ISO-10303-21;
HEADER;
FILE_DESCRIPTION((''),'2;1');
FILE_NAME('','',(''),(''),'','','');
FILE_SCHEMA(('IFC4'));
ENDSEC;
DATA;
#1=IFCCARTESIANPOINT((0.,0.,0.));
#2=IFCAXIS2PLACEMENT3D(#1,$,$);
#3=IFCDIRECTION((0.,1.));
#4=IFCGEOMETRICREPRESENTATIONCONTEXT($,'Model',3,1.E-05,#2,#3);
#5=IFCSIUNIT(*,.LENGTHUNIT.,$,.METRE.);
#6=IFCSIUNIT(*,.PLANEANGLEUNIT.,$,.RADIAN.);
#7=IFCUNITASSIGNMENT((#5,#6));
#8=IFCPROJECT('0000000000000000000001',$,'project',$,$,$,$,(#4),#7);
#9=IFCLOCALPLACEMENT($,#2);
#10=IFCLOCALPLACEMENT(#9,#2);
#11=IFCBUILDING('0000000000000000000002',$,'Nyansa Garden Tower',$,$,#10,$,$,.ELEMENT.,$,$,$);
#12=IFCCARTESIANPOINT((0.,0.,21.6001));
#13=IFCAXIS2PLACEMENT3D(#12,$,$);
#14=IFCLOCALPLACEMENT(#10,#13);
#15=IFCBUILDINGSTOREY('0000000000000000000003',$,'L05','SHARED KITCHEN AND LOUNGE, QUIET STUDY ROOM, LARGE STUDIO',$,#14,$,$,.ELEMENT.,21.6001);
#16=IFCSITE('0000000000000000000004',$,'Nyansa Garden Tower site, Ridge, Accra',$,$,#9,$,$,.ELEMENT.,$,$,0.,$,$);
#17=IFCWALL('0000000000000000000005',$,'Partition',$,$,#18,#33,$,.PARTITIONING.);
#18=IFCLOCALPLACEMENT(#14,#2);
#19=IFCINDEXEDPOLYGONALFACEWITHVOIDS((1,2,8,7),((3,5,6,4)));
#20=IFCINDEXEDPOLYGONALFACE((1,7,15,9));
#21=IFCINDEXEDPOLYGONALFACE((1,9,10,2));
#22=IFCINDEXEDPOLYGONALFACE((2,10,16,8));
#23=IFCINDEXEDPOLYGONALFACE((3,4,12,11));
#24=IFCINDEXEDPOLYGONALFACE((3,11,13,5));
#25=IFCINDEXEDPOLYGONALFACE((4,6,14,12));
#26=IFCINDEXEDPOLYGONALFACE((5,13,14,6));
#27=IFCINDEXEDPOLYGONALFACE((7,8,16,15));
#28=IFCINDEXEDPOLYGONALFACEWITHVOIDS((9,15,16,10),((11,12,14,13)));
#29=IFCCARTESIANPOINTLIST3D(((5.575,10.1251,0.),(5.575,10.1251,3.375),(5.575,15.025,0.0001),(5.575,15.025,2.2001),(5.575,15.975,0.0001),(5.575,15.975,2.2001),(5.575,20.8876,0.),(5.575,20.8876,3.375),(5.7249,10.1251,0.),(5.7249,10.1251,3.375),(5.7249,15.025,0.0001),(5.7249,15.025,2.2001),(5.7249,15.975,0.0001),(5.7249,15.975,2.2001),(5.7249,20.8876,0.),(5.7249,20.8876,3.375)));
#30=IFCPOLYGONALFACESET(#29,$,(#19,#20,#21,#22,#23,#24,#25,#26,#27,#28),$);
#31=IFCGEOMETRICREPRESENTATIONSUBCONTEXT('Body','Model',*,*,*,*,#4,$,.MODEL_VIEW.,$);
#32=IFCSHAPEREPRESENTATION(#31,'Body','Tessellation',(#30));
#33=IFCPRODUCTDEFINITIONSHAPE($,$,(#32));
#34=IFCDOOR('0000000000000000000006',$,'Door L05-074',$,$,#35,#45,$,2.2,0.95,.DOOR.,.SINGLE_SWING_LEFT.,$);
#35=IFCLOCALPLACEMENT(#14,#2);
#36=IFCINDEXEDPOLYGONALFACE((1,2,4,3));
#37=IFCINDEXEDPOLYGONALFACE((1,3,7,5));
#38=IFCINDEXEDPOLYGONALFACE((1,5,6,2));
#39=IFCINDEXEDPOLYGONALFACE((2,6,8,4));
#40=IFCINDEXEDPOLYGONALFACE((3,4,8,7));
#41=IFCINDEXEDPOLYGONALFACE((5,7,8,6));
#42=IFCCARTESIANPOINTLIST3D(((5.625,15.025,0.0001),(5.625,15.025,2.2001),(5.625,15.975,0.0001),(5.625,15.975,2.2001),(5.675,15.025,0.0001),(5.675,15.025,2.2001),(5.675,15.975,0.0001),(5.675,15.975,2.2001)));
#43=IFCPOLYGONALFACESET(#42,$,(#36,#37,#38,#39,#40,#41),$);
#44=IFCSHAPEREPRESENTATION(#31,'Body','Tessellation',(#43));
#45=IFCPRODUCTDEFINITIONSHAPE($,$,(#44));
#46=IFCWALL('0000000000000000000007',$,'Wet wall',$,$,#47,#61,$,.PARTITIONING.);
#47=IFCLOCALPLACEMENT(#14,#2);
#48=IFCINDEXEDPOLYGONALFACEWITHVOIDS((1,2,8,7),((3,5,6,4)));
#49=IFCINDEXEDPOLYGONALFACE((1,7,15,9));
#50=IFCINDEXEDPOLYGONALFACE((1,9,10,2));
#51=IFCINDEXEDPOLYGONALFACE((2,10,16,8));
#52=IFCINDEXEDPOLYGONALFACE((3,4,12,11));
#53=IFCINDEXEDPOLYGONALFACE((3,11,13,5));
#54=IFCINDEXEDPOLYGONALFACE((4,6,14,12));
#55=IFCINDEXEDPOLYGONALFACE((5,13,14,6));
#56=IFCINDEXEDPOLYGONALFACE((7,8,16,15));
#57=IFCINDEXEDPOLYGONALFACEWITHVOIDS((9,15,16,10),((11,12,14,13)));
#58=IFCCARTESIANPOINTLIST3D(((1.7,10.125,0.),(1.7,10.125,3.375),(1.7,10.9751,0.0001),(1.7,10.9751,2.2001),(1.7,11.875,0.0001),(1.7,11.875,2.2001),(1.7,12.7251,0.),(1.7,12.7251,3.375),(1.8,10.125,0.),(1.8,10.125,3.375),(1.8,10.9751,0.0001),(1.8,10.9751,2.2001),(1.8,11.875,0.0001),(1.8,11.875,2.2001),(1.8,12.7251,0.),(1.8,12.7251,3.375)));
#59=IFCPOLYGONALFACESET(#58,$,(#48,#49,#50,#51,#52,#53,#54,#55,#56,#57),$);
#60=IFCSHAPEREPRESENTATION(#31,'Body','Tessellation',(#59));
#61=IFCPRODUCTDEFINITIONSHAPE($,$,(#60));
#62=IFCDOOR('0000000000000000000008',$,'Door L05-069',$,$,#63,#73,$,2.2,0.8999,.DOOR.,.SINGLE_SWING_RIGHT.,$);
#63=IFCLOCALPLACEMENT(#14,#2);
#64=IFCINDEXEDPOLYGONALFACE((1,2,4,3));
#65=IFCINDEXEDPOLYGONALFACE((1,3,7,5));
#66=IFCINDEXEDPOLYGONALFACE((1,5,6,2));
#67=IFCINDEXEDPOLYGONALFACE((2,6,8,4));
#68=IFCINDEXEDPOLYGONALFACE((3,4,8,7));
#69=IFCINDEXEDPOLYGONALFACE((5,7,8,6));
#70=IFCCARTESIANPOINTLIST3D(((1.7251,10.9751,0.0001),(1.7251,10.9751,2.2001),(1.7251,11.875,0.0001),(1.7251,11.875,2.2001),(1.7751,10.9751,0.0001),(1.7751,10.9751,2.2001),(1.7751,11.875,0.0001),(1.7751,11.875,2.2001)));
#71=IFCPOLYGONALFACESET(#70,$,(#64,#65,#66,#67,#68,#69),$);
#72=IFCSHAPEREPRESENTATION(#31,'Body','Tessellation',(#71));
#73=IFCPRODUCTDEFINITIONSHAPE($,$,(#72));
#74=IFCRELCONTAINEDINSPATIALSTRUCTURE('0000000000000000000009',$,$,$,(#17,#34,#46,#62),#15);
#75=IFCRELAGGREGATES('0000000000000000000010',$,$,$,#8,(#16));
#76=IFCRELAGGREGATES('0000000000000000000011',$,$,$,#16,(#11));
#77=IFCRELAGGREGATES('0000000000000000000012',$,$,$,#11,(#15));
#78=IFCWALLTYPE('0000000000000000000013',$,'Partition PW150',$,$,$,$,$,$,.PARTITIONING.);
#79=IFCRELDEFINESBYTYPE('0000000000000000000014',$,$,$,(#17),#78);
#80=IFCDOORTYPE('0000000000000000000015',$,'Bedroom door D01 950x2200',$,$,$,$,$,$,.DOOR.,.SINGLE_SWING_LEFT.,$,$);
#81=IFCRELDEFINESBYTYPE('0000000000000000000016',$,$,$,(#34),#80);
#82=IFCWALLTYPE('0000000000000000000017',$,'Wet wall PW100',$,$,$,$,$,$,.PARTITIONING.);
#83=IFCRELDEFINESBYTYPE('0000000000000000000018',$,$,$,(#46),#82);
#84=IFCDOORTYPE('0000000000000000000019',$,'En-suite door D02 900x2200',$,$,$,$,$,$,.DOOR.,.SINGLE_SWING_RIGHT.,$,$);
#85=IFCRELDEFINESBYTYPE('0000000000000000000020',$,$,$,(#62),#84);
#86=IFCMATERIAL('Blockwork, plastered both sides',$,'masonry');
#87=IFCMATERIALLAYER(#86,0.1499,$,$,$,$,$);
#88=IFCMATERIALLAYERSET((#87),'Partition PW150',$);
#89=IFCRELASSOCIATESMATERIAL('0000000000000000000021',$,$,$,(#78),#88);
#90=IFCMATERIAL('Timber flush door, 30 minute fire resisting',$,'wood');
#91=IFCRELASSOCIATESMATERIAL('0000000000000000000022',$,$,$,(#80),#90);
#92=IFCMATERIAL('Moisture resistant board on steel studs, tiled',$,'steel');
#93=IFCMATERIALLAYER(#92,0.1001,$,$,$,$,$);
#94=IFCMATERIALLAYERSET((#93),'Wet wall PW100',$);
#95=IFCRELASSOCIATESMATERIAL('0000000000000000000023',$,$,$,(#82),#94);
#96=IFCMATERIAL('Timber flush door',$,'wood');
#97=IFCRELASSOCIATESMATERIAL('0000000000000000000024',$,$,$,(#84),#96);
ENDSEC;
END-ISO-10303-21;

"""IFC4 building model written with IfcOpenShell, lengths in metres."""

from ifc_helpers import new_model, si_unit, direction, frame, frame_2d, origin, place, context, subcontext, project, spatial, rectangle, extrude, material, layer, layer_set, type_object, element, fill, save


model = new_model("IFC4")

# Units and contexts
model_context = context("Model", 3, precision=1e-05, world=origin(), true_north=direction((0.0, 1.0)))
body_context = subcontext(model_context, "Body", "Model", "MODEL_VIEW")
ifc_project = project(units=[si_unit("LENGTHUNIT", "METRE"), si_unit("PLANEANGLEUNIT", "RADIAN")], contexts=[model_context])

# Site, building, storey
site_placement = place(None, origin())
site = spatial("IfcSite", under=ifc_project, at=site_placement, Name="Nyansa Garden Tower site, Ridge, Accra", CompositionType="ELEMENT", RefElevation=0.0)
building_placement = place(site_placement, origin())
building = spatial("IfcBuilding", under=site, at=building_placement, Name="Nyansa Garden Tower", CompositionType="ELEMENT")
storey_placement = place(building_placement, frame((0.0, 0.0, 21.6001)))
storey = spatial("IfcBuildingStorey", under=building, at=storey_placement, Name="L05", Description="SHARED KITCHEN AND LOUNGE, QUIET STUDY ROOM, LARGE STUDIO", CompositionType="ELEMENT", Elevation=21.6001)

# Shared definitions
ifc_material_1 = material(Name="Blockwork, plastered both sides", Category="masonry")
ifc_layer_1 = layer(ifc_material_1, 0.1499)
ifc_layer_set_1 = layer_set([ifc_layer_1], Name="Partition PW150")
wall_type_1 = type_object("IfcWallType", Name="Partition PW150", PredefinedType="PARTITIONING", material=ifc_layer_set_1)

# Shared definitions
ifc_material_2 = material(Name="Timber flush door, 30 minute fire resisting", Category="wood")
door_type_1 = type_object("IfcDoorType", Name="Bedroom door D01 950x2200", OperationType="SINGLE_SWING_LEFT", PredefinedType="DOOR", material=ifc_material_2)

# Walls, openings, doors
wall_1_placement = place(storey_placement, frame((5.6499, 10.125, 0.0), z_axis=(0.0, 0.0, 1.0), x_axis=(0.0, 1.0, 0.0)))
wall_1 = element("IfcWall", 1, at=wall_1_placement, inside=storey, type_object=wall_type_1, Name="Partition", PredefinedType="PARTITIONING", context=body_context, shape_type="SweptSolid", body=[
    extrude(rectangle(XDim=10.7625, YDim=0.1499, at=frame_2d((5.3813, 0.0))), origin(), (0.0, 0.0, 1.0), 3.375),
])
opening_1_placement = place(wall_1_placement, frame((4.8999, 0.0, 0.0)))
opening_1 = element("IfcOpeningElement", 2, at=opening_1_placement, cuts=wall_1, PredefinedType="OPENING", context=body_context, shape_type="SweptSolid", body=[
    extrude(rectangle(XDim=0.95, YDim=2.2, at=frame_2d((0.4751, 1.1001))), frame((0.0, 0.085, 0.0), z_axis=(0.0, -1.0, 0.0), x_axis=(1.0, 0.0, 0.0)), (0.0, 0.0, 1.0), 0.1699),
])
door_1_placement = place(opening_1_placement, origin())
door_1 = element("IfcDoor", 3, at=door_1_placement, inside=storey, type_object=door_type_1, Name="Door L05-074", OperationType="SINGLE_SWING_LEFT", OverallHeight=2.2, OverallWidth=0.95, PredefinedType="DOOR", context=body_context, shape_type="SweptSolid", body=[
    extrude(rectangle(XDim=0.95, YDim=2.2, at=frame_2d((0.4751, 1.1001))), frame((0.0, 0.0249, 0.0), z_axis=(0.0, -1.0, 0.0), x_axis=(1.0, 0.0, 0.0)), (0.0, 0.0, 1.0), 0.05),
])
fill(opening_1, door_1)
ifc_material_3 = material(Name="Moisture resistant board on steel studs, tiled", Category="steel")
ifc_layer_2 = layer(ifc_material_3, 0.1001)
ifc_layer_set_2 = layer_set([ifc_layer_2], Name="Wet wall PW100")
wall_type_2 = type_object("IfcWallType", Name="Wet wall PW100", PredefinedType="PARTITIONING", material=ifc_layer_set_2)
wall_2_placement = place(storey_placement, frame((1.75, 10.125, 0.0), z_axis=(0.0, 0.0, 1.0), x_axis=(0.0, 1.0, 0.0)))
wall_2 = element("IfcWall", 4, at=wall_2_placement, inside=storey, type_object=wall_type_2, Name="Wet wall", PredefinedType="PARTITIONING", context=body_context, shape_type="SweptSolid", body=[
    extrude(rectangle(XDim=2.6001, YDim=0.1001, at=frame_2d((1.3, 0.0))), origin(), (0.0, 0.0, 1.0), 3.375),
])
opening_2_placement = place(wall_2_placement, frame((0.8501, 0.0, 0.0)))
opening_2 = element("IfcOpeningElement", 5, at=opening_2_placement, cuts=wall_2, PredefinedType="OPENING", context=body_context, shape_type="SweptSolid", body=[
    extrude(rectangle(XDim=0.8999, YDim=2.2, at=frame_2d((0.45, 1.1001))), frame((0.0, 0.0601, 0.0), z_axis=(0.0, -1.0, 0.0), x_axis=(1.0, 0.0, 0.0)), (0.0, 0.0, 1.0), 0.1201),
])
ifc_material_4 = material(Name="Timber flush door", Category="wood")
door_type_2 = type_object("IfcDoorType", Name="En-suite door D02 900x2200", OperationType="SINGLE_SWING_RIGHT", PredefinedType="DOOR", material=ifc_material_4)
door_2_placement = place(opening_2_placement, origin())
door_2 = element("IfcDoor", 6, at=door_2_placement, inside=storey, type_object=door_type_2, Name="Door L05-069", OperationType="SINGLE_SWING_RIGHT", OverallHeight=2.2, OverallWidth=0.8999, PredefinedType="DOOR", context=body_context, shape_type="SweptSolid", body=[
    extrude(rectangle(XDim=0.8999, YDim=2.2, at=frame_2d((0.45, 1.1001))), frame((0.0, 0.0249, 0.0), z_axis=(0.0, -1.0, 0.0), x_axis=(1.0, 0.0, 0.0)), (0.0, 0.0, 1.0), 0.05),
])
fill(opening_2, door_2)

save(model, "model.ifc")
